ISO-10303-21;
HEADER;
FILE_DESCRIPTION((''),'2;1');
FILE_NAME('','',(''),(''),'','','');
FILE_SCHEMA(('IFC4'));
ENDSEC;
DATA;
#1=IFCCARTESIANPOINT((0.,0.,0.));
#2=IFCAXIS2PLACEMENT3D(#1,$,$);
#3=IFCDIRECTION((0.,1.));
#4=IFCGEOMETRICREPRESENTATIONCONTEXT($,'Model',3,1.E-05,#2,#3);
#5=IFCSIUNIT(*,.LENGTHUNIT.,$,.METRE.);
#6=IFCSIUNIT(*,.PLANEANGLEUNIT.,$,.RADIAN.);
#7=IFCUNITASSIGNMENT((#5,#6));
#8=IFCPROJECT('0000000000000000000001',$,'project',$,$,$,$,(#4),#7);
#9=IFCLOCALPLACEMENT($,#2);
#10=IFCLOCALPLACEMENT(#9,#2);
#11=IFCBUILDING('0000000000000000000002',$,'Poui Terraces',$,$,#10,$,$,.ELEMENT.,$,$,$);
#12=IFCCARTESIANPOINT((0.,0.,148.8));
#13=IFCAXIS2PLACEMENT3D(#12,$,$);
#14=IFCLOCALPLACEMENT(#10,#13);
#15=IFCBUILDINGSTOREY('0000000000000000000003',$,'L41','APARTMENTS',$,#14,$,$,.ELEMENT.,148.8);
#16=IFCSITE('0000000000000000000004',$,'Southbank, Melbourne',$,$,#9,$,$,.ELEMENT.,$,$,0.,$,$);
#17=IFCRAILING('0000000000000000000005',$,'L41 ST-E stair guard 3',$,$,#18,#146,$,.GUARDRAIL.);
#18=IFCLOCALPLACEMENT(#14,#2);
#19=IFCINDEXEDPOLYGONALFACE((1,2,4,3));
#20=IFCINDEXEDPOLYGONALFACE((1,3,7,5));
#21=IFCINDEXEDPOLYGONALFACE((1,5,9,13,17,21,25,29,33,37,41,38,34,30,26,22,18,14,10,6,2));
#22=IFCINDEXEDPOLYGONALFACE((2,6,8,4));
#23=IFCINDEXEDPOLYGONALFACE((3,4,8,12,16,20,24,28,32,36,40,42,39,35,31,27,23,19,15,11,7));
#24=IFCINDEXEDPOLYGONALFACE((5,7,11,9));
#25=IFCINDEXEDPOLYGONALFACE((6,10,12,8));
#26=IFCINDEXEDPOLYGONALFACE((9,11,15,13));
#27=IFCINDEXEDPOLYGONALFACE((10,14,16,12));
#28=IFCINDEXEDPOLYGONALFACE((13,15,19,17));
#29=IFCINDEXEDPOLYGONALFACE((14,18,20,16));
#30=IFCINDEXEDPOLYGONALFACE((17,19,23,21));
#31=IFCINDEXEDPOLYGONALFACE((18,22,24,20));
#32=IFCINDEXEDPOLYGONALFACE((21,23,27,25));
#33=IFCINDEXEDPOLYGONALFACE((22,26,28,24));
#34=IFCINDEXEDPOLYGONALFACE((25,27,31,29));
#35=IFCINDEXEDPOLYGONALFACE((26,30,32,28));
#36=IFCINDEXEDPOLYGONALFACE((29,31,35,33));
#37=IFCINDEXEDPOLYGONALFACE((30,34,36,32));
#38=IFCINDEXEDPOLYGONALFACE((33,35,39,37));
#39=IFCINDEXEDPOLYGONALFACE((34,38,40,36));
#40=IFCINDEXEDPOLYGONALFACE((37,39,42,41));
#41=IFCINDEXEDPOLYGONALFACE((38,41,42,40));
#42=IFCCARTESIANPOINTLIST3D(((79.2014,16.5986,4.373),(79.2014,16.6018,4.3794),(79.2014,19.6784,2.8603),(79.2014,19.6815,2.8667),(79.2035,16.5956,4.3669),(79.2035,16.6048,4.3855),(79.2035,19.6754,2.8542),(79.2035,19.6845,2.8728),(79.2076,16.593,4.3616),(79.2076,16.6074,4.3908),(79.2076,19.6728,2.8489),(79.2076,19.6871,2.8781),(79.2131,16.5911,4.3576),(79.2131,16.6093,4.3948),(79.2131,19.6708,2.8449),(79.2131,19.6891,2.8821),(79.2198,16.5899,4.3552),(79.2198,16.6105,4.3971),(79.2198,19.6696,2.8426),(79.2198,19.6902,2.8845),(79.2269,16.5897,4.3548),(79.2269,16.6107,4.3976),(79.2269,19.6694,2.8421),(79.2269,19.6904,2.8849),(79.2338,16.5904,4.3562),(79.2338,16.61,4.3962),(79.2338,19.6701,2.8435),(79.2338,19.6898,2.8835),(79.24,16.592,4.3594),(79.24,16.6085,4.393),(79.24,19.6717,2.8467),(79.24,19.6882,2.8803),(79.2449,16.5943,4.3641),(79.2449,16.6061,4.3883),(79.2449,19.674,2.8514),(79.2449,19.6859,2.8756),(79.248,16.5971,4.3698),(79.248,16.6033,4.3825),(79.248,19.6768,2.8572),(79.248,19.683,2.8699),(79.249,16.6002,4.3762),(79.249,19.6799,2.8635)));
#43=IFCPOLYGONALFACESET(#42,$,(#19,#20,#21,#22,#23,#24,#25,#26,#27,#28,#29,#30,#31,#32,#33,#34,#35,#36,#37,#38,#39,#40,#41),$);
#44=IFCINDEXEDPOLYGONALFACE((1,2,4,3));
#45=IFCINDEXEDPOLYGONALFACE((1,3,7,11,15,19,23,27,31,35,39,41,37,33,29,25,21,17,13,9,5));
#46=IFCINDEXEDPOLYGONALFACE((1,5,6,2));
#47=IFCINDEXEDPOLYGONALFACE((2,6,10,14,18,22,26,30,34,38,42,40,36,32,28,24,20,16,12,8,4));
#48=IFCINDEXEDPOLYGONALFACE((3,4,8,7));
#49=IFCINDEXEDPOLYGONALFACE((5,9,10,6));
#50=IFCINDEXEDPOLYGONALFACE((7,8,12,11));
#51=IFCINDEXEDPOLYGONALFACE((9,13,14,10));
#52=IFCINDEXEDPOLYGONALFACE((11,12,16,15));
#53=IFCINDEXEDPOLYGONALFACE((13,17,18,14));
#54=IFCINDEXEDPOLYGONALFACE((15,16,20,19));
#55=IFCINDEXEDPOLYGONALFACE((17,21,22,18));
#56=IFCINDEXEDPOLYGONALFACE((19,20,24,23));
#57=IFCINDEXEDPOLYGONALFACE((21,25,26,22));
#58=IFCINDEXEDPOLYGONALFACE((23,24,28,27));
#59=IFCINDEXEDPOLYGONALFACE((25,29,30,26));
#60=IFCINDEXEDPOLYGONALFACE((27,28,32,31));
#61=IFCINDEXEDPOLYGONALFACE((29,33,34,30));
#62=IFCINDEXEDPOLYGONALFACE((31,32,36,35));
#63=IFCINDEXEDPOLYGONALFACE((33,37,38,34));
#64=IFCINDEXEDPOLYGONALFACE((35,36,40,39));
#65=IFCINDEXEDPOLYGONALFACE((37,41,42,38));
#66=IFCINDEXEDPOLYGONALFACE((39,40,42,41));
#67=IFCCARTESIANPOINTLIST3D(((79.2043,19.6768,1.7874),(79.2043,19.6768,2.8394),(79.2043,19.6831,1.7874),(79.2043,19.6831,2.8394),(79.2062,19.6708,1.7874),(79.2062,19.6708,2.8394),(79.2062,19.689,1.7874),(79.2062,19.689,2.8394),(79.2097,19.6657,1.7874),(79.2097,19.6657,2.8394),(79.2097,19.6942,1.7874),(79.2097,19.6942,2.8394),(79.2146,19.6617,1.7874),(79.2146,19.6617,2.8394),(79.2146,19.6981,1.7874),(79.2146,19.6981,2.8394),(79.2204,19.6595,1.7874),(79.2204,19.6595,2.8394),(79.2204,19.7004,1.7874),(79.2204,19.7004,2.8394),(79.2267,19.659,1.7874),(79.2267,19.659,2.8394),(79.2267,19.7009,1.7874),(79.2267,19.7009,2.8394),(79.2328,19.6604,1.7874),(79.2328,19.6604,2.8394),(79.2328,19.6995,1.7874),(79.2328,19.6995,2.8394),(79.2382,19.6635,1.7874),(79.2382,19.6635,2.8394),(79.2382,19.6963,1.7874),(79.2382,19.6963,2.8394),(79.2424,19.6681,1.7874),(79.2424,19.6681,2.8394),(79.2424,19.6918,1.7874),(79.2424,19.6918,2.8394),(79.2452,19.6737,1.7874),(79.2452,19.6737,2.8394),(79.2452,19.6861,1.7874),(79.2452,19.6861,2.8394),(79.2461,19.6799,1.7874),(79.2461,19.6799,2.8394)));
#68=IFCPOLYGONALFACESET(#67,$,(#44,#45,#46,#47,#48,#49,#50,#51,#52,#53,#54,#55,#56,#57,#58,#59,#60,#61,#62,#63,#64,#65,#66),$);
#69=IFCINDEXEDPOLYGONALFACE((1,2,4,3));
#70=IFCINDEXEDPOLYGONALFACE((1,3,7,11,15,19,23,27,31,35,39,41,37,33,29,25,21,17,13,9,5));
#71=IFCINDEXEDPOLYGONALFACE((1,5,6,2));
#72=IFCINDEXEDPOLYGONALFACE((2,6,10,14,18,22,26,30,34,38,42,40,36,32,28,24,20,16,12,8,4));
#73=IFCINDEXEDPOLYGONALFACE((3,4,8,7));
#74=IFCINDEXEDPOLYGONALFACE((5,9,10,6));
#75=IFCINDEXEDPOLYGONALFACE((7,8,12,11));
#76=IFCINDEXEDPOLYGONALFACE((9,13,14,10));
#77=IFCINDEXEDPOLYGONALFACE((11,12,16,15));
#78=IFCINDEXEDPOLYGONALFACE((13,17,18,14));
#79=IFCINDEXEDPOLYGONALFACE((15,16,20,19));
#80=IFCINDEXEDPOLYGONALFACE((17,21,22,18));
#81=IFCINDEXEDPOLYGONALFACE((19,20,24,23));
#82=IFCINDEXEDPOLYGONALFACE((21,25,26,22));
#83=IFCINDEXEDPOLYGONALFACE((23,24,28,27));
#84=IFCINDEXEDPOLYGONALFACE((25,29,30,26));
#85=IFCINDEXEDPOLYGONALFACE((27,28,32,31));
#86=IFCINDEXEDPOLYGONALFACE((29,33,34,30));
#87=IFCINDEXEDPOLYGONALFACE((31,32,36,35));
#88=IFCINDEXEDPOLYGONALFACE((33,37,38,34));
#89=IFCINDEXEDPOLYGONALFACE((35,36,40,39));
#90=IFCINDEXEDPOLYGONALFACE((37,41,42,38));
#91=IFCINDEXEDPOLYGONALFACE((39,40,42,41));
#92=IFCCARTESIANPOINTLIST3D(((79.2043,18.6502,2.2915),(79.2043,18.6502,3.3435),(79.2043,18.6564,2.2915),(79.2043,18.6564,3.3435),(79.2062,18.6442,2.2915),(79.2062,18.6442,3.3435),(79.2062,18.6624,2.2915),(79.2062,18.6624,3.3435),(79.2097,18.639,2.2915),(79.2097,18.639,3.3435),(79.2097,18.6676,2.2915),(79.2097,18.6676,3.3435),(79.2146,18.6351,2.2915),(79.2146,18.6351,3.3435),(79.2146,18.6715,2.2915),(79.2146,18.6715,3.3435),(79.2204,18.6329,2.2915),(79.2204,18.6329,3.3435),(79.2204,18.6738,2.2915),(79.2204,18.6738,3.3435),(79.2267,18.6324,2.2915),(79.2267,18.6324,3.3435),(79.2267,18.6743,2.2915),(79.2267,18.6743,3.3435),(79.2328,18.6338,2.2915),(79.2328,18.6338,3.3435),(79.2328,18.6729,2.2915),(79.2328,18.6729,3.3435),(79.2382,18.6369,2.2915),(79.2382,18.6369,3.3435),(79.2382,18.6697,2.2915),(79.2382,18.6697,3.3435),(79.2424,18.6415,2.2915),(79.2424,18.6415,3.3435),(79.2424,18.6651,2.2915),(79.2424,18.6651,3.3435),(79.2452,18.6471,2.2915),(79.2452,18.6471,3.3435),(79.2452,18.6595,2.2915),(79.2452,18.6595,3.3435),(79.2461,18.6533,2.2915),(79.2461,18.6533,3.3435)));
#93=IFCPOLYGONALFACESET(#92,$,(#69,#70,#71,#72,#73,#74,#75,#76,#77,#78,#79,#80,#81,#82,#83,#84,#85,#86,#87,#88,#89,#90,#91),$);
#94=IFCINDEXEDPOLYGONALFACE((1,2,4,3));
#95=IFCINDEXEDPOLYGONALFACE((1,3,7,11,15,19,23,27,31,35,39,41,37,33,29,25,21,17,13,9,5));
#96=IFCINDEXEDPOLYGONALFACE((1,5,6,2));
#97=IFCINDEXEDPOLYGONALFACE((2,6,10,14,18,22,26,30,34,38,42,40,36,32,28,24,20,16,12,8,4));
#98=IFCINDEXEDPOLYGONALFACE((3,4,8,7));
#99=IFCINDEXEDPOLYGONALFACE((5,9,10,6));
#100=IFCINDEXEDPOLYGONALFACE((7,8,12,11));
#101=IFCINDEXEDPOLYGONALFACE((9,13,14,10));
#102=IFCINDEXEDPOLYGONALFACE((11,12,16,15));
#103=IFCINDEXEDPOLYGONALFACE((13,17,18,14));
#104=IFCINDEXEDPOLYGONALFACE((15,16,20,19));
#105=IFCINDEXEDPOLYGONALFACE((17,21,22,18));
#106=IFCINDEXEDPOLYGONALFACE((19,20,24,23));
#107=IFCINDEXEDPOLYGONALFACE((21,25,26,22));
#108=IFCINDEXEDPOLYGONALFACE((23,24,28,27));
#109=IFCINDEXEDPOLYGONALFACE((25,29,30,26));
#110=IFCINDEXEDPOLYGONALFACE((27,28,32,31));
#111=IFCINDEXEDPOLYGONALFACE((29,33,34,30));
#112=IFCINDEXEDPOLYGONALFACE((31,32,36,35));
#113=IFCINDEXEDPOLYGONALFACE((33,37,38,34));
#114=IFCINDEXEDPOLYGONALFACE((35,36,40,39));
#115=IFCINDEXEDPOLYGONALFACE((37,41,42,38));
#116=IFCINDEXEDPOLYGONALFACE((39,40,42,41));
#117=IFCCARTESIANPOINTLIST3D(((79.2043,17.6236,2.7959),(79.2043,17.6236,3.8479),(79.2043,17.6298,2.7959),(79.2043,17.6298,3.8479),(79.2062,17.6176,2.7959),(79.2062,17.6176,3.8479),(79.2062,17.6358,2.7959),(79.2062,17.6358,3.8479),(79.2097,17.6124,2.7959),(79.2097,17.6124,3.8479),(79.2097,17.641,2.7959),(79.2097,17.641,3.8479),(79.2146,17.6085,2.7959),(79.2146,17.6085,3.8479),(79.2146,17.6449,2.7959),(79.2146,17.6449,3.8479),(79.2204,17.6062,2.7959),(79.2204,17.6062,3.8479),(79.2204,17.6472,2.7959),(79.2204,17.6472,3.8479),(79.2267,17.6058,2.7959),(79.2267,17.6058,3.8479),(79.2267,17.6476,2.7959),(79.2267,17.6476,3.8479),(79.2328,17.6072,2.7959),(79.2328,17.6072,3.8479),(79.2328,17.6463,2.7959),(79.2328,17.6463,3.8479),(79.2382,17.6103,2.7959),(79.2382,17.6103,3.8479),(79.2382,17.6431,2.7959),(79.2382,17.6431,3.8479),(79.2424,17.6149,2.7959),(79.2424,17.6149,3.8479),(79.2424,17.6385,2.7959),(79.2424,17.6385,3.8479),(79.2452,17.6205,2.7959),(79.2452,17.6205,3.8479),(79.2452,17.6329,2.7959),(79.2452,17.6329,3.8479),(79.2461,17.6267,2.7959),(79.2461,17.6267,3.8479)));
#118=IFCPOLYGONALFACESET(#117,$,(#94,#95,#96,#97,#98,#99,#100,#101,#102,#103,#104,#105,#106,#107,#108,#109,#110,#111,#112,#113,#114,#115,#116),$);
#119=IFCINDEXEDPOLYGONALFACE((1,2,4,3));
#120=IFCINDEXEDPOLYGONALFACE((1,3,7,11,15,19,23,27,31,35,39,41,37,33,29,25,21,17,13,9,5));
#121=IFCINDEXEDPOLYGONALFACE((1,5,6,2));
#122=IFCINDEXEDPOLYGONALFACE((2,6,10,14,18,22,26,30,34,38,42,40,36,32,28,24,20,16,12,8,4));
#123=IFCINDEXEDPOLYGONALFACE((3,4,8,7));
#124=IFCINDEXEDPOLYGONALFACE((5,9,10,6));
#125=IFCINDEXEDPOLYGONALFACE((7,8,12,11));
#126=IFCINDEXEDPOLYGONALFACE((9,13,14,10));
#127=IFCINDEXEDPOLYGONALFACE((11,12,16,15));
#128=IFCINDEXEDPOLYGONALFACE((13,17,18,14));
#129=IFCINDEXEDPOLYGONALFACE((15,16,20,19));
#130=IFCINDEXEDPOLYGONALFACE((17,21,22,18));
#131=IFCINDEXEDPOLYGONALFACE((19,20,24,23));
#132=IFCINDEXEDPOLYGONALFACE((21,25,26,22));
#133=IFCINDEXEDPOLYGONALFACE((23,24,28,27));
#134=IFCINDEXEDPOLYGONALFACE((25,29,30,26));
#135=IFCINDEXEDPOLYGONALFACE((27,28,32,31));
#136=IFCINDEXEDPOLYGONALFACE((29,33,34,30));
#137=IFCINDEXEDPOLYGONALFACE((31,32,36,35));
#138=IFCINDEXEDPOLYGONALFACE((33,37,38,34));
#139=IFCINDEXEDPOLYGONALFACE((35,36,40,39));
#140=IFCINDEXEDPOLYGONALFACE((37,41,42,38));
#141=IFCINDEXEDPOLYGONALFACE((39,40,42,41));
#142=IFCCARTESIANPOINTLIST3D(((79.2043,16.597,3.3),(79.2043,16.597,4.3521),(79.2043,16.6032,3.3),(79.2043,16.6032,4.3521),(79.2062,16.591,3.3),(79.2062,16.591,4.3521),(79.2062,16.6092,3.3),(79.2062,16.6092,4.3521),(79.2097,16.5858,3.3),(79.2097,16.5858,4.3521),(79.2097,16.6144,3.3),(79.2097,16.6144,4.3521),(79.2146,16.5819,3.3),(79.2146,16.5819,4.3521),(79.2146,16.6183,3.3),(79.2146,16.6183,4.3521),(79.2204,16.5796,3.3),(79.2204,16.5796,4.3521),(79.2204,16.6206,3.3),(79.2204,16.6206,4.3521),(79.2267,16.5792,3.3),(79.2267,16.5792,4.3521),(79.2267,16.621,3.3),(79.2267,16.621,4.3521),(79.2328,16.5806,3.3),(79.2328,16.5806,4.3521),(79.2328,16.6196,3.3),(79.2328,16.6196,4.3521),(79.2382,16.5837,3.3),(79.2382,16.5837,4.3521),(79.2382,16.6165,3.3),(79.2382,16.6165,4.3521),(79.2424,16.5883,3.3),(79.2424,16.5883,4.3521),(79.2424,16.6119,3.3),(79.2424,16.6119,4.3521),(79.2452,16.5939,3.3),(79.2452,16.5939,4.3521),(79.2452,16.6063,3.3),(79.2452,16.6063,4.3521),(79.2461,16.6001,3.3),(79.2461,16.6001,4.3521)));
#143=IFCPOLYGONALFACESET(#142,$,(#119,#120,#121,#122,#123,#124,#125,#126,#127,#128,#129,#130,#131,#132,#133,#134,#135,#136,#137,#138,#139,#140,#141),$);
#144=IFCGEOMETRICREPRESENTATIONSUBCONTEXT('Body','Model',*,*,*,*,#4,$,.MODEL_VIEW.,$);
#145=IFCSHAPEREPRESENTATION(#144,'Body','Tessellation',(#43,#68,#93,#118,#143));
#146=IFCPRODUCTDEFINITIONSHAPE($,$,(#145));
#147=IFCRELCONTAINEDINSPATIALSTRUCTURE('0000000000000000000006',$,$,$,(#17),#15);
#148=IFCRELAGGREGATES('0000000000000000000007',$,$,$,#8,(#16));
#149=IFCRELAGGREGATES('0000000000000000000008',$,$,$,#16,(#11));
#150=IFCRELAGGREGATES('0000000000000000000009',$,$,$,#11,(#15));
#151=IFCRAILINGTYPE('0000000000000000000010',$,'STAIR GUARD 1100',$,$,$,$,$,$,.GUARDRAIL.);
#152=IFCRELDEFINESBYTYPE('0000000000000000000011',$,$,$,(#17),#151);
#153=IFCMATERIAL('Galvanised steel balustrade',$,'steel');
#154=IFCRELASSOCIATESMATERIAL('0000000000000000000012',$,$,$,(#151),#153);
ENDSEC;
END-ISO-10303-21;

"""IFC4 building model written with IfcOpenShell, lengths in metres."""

from ifc_helpers import new_model, si_unit, direction, frame, origin, origin_2d, place, context, subcontext, project, spatial, circle, extrude, material, type_object, element, save


model = new_model("IFC4")

# Units and contexts
model_context = context("Model", 3, precision=1e-05, world=origin(), true_north=direction((0.0, 1.0)))
body_context = subcontext(model_context, "Body", "Model", "MODEL_VIEW")
ifc_project = project(units=[si_unit("LENGTHUNIT", "METRE"), si_unit("PLANEANGLEUNIT", "RADIAN")], contexts=[model_context])

# Site, building, storey
site_placement = place(None, origin())
site = spatial("IfcSite", under=ifc_project, at=site_placement, Name="Southbank, Melbourne", CompositionType="ELEMENT", RefElevation=0.0)
building_placement = place(site_placement, origin())
building = spatial("IfcBuilding", under=site, at=building_placement, Name="Poui Terraces", CompositionType="ELEMENT")
storey_placement = place(building_placement, frame((0.0, 0.0, 148.8)))
storey = spatial("IfcBuildingStorey", under=building, at=storey_placement, Name="L41", Description="APARTMENTS", CompositionType="ELEMENT", Elevation=148.8)

# Railing
ifc_material_1 = material(Name="Galvanised steel balustrade", Category="steel")
railing_type_1 = type_object("IfcRailingType", Name="STAIR GUARD 1100", PredefinedType="GUARDRAIL", material=ifc_material_1)
railing_1_placement = place(storey_placement, frame((79.2251, 19.6799, 1.7874)))
element("IfcRailing", 1, at=railing_1_placement, inside=storey, type_object=railing_type_1, Name="L41 ST-E stair guard 3", PredefinedType="GUARDRAIL", context=body_context, shape_type="SweptSolid", body=[
    extrude(circle(Radius=0.0239, at=origin_2d()), frame((0.0, 0.0, 1.0762), z_axis=(0.0, -0.897578, 0.440856), x_axis=(1.0, 0.0, 0.0)), (0.0, 0.0, 1.0), 3.4312),
    extrude(circle(Radius=0.021, at=origin_2d()), origin(), (0.0, 0.0, 1.0), 1.052),
    extrude(circle(Radius=0.021, at=origin_2d()), frame((0.0, -1.0266, 0.5042)), (0.0, 0.0, 1.0), 1.052),
    extrude(circle(Radius=0.021, at=origin_2d()), frame((0.0, -2.0532, 1.0085)), (0.0, 0.0, 1.0), 1.052),
    extrude(circle(Radius=0.021, at=origin_2d()), frame((0.0, -3.0798, 1.5127)), (0.0, 0.0, 1.0), 1.052),
])

save(model, "model.ifc")
